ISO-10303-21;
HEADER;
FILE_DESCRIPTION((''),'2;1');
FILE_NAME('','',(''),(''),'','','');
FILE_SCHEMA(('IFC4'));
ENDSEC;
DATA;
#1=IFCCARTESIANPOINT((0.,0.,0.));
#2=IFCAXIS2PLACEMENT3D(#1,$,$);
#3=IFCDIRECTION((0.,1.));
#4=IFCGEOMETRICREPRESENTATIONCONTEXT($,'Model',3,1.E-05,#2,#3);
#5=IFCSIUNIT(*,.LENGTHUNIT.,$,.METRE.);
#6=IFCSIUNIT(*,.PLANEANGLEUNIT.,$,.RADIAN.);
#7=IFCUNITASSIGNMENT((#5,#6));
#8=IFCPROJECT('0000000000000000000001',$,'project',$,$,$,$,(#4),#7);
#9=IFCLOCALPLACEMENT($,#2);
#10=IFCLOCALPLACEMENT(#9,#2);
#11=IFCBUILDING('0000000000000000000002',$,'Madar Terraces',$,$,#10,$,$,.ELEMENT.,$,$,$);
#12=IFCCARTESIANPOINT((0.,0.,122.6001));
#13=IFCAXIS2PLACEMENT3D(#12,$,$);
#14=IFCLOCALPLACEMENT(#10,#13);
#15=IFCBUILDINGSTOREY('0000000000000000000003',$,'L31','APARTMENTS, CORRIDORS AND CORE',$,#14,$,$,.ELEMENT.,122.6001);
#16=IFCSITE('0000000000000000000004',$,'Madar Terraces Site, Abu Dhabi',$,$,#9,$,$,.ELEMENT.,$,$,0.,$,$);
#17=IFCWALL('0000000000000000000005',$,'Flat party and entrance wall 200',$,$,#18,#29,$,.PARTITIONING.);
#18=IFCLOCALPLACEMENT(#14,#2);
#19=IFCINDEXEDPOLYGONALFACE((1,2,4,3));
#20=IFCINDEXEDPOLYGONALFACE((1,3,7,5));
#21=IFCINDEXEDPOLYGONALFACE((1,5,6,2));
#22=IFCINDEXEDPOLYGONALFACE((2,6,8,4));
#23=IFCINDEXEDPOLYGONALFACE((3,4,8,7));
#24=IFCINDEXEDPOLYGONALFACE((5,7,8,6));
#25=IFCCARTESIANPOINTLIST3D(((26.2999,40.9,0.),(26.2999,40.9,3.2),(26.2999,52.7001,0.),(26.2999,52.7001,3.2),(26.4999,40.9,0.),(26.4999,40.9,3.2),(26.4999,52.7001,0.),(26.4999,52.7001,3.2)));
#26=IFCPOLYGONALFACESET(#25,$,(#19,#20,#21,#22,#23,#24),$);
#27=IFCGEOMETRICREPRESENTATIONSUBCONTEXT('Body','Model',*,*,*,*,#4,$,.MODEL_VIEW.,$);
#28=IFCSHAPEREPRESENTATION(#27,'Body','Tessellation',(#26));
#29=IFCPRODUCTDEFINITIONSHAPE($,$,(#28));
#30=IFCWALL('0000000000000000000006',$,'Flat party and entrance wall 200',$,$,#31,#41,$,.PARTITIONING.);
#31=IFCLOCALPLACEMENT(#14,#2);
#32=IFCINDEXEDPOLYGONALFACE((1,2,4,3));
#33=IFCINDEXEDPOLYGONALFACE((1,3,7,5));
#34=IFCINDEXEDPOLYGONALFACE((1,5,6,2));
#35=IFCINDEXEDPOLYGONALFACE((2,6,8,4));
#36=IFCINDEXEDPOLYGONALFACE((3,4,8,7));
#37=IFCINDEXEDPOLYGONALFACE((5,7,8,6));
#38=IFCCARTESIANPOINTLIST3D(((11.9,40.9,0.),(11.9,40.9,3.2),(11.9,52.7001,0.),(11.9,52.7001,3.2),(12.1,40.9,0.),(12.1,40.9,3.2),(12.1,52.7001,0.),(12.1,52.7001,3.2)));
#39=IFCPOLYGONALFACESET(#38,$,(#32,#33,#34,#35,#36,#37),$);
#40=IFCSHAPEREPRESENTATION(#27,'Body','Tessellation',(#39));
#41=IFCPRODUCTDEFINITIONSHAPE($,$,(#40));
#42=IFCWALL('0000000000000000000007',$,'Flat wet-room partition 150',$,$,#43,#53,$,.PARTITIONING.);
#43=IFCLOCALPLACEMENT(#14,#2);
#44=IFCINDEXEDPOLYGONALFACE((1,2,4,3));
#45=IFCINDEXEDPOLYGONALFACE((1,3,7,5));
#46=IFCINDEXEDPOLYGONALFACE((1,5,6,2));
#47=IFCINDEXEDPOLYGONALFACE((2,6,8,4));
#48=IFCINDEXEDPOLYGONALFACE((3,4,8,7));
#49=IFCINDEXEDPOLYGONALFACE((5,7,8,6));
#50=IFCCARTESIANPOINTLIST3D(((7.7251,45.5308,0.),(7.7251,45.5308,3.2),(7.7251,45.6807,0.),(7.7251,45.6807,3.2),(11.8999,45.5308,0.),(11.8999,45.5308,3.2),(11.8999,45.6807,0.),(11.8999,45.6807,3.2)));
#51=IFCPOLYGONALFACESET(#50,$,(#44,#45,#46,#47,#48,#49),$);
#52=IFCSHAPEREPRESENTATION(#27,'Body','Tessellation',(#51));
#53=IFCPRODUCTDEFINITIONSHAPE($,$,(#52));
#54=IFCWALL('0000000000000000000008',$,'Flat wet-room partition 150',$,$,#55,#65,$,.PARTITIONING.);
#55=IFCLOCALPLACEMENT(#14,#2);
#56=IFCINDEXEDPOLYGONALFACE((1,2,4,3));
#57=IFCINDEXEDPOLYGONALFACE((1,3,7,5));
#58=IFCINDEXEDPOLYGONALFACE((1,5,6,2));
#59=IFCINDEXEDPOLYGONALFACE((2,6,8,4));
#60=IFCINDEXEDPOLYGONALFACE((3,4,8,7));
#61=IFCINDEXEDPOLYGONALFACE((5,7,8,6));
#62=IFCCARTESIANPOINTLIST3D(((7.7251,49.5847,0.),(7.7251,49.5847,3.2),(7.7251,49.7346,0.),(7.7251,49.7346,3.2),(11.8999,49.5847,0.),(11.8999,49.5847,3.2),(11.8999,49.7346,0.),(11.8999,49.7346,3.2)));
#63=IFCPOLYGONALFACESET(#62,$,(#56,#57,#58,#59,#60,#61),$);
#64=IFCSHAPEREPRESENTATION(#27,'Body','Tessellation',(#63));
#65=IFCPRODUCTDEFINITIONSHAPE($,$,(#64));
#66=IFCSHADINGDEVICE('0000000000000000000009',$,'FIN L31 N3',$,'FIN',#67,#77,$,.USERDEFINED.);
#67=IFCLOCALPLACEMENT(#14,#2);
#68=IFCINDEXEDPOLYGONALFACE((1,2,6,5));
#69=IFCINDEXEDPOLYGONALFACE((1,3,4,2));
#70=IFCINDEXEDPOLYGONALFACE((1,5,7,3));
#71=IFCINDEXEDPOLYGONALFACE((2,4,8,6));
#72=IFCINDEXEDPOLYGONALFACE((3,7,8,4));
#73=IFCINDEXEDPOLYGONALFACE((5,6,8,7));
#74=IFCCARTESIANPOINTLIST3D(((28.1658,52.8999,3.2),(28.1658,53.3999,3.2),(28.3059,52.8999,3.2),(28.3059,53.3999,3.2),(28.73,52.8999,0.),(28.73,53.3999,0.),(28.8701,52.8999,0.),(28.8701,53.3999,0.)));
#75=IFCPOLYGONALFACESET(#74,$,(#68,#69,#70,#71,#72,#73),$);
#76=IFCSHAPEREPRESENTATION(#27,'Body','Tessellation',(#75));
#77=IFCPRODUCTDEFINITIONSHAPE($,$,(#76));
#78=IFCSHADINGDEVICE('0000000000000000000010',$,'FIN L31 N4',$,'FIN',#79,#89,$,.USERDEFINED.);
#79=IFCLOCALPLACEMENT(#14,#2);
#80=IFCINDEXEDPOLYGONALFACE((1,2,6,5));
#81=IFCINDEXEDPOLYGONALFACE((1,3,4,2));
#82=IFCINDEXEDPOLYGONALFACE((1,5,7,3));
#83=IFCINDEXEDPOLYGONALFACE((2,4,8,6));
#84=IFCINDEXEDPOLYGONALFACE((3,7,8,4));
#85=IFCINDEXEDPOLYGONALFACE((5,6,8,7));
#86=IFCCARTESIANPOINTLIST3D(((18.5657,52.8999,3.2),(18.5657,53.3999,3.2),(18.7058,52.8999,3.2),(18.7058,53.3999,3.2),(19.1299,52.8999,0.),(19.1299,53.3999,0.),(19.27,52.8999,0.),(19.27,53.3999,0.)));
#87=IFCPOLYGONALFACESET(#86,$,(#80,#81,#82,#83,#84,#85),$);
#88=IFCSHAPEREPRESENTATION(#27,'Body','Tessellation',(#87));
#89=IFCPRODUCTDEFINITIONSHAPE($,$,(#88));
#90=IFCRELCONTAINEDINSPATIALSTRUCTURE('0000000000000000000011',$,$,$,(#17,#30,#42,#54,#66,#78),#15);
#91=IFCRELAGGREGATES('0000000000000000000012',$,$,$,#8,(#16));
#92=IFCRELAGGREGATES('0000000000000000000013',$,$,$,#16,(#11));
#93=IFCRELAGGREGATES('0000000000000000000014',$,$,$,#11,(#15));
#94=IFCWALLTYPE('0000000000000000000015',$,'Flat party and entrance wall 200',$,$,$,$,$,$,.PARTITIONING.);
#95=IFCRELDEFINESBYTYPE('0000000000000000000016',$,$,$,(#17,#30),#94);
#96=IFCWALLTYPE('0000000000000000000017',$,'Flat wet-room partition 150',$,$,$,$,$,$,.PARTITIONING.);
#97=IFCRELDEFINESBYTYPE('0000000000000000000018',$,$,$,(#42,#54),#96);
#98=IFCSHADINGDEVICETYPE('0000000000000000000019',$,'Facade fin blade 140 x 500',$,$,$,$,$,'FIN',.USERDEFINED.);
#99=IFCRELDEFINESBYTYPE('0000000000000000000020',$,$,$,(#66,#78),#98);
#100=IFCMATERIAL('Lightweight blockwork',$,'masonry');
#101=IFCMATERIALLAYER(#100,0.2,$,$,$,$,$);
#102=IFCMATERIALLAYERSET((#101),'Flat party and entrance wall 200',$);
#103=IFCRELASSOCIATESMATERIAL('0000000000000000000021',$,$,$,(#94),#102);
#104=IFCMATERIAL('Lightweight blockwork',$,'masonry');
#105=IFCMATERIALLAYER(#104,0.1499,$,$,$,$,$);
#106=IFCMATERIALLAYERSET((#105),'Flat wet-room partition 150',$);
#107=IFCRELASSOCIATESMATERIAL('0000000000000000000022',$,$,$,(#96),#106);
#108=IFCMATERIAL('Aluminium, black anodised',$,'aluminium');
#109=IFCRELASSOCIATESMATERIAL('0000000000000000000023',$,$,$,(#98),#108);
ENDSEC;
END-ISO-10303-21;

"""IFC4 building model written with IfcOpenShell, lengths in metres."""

from ifc_helpers import new_model, si_unit, direction, frame, frame_2d, origin, place, context, subcontext, project, spatial, polyline, rectangle, outline, extrude, material, layer, layer_set, type_object, element, save


model = new_model("IFC4")

# Units and contexts
model_context = context("Model", 3, precision=1e-05, world=origin(), true_north=direction((0.0, 1.0)))
body_context = subcontext(model_context, "Body", "Model", "MODEL_VIEW")
ifc_project = project(units=[si_unit("LENGTHUNIT", "METRE"), si_unit("PLANEANGLEUNIT", "RADIAN")], contexts=[model_context])

# Site, building, storey
site_placement = place(None, origin())
site = spatial("IfcSite", under=ifc_project, at=site_placement, Name="Madar Terraces Site, Abu Dhabi", CompositionType="ELEMENT", RefElevation=0.0)
building_placement = place(site_placement, origin())
building = spatial("IfcBuilding", under=site, at=building_placement, Name="Madar Terraces", CompositionType="ELEMENT")
storey_placement = place(building_placement, frame((0.0, 0.0, 122.6001)))
storey = spatial("IfcBuildingStorey", under=building, at=storey_placement, Name="L31", Description="APARTMENTS, CORRIDORS AND CORE", CompositionType="ELEMENT", Elevation=122.6001)

# Walls
ifc_material_1 = material(Name="Lightweight blockwork", Category="masonry")
ifc_layer_1 = layer(ifc_material_1, 0.2)
ifc_layer_set_1 = layer_set([ifc_layer_1], Name="Flat party and entrance wall 200")
wall_type_1 = type_object("IfcWallType", Name="Flat party and entrance wall 200", PredefinedType="PARTITIONING", material=ifc_layer_set_1)
for number, where, z_axis, x_axis, name in (
    (1, (26.3999, 52.7, 0.0), (0.0, 0.0, 1.0), (0.0, -1.0, 0.0), "Flat party and entrance wall 200"),
    (2, (12.0, 52.7, 0.0), (0.0, 0.0, 1.0), (0.0, -1.0, 0.0), "Flat party and entrance wall 200"),
):
    element("IfcWall", number, at=place(storey_placement, frame(where, z_axis=z_axis, x_axis=x_axis)), inside=storey, type_object=wall_type_1, Name=name, PredefinedType="PARTITIONING", context=body_context, shape_type="SweptSolid", body=[
        extrude(rectangle(XDim=11.8, YDim=0.2, at=frame_2d((5.8999, 0.0))), origin(), (0.0, 0.0, 1.0), 3.2),
    ])
ifc_material_2 = material(Name="Lightweight blockwork", Category="masonry")
ifc_layer_2 = layer(ifc_material_2, 0.1499)
ifc_layer_set_2 = layer_set([ifc_layer_2], Name="Flat wet-room partition 150")
wall_type_2 = type_object("IfcWallType", Name="Flat wet-room partition 150", PredefinedType="PARTITIONING", material=ifc_layer_set_2)
for number, where, z_axis, x_axis, name in (
    (3, (11.8999, 45.6057, 0.0), (0.0, 0.0, 1.0), (-1.0, 0.0, 0.0), "Flat wet-room partition 150"),
    (4, (11.8999, 49.6597, 0.0), (0.0, 0.0, 1.0), (-1.0, 0.0, 0.0), "Flat wet-room partition 150"),
):
    element("IfcWall", number, at=place(storey_placement, frame(where, z_axis=z_axis, x_axis=x_axis)), inside=storey, type_object=wall_type_2, Name=name, PredefinedType="PARTITIONING", context=body_context, shape_type="SweptSolid", body=[
        extrude(rectangle(XDim=4.1748, YDim=0.1499, at=frame_2d((2.0874, 0.0))), origin(), (0.0, 0.0, 1.0), 3.2),
    ])

# Shading devices
ifc_material_3 = material(Name="Aluminium, black anodised", Category="aluminium")
shading_device_type = type_object("IfcShadingDeviceType", Name="Facade fin blade 140 x 500", ElementType="FIN", PredefinedType="USERDEFINED", material=ifc_material_3)
for number, where, z_axis, x_axis, name in (
    (5, (28.8701, 53.1499, 0.0), (0.0, 0.0, 1.0), (-1.0, 0.0, 0.0), "FIN L31 N3"),
    (6, (19.27, 53.1499, 0.0), (0.0, 0.0, 1.0), (-1.0, 0.0, 0.0), "FIN L31 N4"),
):
    element("IfcShadingDevice", number, at=place(storey_placement, frame(where, z_axis=z_axis, x_axis=x_axis)), inside=storey, type_object=shading_device_type, Name=name, ObjectType="FIN", PredefinedType="USERDEFINED", context=body_context, shape_type="SweptSolid", body=[
        extrude(outline(polyline([(0.0, 0.0), (0.1401, 0.0), (0.7043, 3.2), (0.5642, 3.2), (0.0, 0.0)])), frame((0.0, 0.25, 0.0), z_axis=(0.0, -1.0, 0.0), x_axis=(1.0, 0.0, 0.0)), (0.0, 0.0, 1.0), 0.5),
    ])

save(model, "model.ifc")
